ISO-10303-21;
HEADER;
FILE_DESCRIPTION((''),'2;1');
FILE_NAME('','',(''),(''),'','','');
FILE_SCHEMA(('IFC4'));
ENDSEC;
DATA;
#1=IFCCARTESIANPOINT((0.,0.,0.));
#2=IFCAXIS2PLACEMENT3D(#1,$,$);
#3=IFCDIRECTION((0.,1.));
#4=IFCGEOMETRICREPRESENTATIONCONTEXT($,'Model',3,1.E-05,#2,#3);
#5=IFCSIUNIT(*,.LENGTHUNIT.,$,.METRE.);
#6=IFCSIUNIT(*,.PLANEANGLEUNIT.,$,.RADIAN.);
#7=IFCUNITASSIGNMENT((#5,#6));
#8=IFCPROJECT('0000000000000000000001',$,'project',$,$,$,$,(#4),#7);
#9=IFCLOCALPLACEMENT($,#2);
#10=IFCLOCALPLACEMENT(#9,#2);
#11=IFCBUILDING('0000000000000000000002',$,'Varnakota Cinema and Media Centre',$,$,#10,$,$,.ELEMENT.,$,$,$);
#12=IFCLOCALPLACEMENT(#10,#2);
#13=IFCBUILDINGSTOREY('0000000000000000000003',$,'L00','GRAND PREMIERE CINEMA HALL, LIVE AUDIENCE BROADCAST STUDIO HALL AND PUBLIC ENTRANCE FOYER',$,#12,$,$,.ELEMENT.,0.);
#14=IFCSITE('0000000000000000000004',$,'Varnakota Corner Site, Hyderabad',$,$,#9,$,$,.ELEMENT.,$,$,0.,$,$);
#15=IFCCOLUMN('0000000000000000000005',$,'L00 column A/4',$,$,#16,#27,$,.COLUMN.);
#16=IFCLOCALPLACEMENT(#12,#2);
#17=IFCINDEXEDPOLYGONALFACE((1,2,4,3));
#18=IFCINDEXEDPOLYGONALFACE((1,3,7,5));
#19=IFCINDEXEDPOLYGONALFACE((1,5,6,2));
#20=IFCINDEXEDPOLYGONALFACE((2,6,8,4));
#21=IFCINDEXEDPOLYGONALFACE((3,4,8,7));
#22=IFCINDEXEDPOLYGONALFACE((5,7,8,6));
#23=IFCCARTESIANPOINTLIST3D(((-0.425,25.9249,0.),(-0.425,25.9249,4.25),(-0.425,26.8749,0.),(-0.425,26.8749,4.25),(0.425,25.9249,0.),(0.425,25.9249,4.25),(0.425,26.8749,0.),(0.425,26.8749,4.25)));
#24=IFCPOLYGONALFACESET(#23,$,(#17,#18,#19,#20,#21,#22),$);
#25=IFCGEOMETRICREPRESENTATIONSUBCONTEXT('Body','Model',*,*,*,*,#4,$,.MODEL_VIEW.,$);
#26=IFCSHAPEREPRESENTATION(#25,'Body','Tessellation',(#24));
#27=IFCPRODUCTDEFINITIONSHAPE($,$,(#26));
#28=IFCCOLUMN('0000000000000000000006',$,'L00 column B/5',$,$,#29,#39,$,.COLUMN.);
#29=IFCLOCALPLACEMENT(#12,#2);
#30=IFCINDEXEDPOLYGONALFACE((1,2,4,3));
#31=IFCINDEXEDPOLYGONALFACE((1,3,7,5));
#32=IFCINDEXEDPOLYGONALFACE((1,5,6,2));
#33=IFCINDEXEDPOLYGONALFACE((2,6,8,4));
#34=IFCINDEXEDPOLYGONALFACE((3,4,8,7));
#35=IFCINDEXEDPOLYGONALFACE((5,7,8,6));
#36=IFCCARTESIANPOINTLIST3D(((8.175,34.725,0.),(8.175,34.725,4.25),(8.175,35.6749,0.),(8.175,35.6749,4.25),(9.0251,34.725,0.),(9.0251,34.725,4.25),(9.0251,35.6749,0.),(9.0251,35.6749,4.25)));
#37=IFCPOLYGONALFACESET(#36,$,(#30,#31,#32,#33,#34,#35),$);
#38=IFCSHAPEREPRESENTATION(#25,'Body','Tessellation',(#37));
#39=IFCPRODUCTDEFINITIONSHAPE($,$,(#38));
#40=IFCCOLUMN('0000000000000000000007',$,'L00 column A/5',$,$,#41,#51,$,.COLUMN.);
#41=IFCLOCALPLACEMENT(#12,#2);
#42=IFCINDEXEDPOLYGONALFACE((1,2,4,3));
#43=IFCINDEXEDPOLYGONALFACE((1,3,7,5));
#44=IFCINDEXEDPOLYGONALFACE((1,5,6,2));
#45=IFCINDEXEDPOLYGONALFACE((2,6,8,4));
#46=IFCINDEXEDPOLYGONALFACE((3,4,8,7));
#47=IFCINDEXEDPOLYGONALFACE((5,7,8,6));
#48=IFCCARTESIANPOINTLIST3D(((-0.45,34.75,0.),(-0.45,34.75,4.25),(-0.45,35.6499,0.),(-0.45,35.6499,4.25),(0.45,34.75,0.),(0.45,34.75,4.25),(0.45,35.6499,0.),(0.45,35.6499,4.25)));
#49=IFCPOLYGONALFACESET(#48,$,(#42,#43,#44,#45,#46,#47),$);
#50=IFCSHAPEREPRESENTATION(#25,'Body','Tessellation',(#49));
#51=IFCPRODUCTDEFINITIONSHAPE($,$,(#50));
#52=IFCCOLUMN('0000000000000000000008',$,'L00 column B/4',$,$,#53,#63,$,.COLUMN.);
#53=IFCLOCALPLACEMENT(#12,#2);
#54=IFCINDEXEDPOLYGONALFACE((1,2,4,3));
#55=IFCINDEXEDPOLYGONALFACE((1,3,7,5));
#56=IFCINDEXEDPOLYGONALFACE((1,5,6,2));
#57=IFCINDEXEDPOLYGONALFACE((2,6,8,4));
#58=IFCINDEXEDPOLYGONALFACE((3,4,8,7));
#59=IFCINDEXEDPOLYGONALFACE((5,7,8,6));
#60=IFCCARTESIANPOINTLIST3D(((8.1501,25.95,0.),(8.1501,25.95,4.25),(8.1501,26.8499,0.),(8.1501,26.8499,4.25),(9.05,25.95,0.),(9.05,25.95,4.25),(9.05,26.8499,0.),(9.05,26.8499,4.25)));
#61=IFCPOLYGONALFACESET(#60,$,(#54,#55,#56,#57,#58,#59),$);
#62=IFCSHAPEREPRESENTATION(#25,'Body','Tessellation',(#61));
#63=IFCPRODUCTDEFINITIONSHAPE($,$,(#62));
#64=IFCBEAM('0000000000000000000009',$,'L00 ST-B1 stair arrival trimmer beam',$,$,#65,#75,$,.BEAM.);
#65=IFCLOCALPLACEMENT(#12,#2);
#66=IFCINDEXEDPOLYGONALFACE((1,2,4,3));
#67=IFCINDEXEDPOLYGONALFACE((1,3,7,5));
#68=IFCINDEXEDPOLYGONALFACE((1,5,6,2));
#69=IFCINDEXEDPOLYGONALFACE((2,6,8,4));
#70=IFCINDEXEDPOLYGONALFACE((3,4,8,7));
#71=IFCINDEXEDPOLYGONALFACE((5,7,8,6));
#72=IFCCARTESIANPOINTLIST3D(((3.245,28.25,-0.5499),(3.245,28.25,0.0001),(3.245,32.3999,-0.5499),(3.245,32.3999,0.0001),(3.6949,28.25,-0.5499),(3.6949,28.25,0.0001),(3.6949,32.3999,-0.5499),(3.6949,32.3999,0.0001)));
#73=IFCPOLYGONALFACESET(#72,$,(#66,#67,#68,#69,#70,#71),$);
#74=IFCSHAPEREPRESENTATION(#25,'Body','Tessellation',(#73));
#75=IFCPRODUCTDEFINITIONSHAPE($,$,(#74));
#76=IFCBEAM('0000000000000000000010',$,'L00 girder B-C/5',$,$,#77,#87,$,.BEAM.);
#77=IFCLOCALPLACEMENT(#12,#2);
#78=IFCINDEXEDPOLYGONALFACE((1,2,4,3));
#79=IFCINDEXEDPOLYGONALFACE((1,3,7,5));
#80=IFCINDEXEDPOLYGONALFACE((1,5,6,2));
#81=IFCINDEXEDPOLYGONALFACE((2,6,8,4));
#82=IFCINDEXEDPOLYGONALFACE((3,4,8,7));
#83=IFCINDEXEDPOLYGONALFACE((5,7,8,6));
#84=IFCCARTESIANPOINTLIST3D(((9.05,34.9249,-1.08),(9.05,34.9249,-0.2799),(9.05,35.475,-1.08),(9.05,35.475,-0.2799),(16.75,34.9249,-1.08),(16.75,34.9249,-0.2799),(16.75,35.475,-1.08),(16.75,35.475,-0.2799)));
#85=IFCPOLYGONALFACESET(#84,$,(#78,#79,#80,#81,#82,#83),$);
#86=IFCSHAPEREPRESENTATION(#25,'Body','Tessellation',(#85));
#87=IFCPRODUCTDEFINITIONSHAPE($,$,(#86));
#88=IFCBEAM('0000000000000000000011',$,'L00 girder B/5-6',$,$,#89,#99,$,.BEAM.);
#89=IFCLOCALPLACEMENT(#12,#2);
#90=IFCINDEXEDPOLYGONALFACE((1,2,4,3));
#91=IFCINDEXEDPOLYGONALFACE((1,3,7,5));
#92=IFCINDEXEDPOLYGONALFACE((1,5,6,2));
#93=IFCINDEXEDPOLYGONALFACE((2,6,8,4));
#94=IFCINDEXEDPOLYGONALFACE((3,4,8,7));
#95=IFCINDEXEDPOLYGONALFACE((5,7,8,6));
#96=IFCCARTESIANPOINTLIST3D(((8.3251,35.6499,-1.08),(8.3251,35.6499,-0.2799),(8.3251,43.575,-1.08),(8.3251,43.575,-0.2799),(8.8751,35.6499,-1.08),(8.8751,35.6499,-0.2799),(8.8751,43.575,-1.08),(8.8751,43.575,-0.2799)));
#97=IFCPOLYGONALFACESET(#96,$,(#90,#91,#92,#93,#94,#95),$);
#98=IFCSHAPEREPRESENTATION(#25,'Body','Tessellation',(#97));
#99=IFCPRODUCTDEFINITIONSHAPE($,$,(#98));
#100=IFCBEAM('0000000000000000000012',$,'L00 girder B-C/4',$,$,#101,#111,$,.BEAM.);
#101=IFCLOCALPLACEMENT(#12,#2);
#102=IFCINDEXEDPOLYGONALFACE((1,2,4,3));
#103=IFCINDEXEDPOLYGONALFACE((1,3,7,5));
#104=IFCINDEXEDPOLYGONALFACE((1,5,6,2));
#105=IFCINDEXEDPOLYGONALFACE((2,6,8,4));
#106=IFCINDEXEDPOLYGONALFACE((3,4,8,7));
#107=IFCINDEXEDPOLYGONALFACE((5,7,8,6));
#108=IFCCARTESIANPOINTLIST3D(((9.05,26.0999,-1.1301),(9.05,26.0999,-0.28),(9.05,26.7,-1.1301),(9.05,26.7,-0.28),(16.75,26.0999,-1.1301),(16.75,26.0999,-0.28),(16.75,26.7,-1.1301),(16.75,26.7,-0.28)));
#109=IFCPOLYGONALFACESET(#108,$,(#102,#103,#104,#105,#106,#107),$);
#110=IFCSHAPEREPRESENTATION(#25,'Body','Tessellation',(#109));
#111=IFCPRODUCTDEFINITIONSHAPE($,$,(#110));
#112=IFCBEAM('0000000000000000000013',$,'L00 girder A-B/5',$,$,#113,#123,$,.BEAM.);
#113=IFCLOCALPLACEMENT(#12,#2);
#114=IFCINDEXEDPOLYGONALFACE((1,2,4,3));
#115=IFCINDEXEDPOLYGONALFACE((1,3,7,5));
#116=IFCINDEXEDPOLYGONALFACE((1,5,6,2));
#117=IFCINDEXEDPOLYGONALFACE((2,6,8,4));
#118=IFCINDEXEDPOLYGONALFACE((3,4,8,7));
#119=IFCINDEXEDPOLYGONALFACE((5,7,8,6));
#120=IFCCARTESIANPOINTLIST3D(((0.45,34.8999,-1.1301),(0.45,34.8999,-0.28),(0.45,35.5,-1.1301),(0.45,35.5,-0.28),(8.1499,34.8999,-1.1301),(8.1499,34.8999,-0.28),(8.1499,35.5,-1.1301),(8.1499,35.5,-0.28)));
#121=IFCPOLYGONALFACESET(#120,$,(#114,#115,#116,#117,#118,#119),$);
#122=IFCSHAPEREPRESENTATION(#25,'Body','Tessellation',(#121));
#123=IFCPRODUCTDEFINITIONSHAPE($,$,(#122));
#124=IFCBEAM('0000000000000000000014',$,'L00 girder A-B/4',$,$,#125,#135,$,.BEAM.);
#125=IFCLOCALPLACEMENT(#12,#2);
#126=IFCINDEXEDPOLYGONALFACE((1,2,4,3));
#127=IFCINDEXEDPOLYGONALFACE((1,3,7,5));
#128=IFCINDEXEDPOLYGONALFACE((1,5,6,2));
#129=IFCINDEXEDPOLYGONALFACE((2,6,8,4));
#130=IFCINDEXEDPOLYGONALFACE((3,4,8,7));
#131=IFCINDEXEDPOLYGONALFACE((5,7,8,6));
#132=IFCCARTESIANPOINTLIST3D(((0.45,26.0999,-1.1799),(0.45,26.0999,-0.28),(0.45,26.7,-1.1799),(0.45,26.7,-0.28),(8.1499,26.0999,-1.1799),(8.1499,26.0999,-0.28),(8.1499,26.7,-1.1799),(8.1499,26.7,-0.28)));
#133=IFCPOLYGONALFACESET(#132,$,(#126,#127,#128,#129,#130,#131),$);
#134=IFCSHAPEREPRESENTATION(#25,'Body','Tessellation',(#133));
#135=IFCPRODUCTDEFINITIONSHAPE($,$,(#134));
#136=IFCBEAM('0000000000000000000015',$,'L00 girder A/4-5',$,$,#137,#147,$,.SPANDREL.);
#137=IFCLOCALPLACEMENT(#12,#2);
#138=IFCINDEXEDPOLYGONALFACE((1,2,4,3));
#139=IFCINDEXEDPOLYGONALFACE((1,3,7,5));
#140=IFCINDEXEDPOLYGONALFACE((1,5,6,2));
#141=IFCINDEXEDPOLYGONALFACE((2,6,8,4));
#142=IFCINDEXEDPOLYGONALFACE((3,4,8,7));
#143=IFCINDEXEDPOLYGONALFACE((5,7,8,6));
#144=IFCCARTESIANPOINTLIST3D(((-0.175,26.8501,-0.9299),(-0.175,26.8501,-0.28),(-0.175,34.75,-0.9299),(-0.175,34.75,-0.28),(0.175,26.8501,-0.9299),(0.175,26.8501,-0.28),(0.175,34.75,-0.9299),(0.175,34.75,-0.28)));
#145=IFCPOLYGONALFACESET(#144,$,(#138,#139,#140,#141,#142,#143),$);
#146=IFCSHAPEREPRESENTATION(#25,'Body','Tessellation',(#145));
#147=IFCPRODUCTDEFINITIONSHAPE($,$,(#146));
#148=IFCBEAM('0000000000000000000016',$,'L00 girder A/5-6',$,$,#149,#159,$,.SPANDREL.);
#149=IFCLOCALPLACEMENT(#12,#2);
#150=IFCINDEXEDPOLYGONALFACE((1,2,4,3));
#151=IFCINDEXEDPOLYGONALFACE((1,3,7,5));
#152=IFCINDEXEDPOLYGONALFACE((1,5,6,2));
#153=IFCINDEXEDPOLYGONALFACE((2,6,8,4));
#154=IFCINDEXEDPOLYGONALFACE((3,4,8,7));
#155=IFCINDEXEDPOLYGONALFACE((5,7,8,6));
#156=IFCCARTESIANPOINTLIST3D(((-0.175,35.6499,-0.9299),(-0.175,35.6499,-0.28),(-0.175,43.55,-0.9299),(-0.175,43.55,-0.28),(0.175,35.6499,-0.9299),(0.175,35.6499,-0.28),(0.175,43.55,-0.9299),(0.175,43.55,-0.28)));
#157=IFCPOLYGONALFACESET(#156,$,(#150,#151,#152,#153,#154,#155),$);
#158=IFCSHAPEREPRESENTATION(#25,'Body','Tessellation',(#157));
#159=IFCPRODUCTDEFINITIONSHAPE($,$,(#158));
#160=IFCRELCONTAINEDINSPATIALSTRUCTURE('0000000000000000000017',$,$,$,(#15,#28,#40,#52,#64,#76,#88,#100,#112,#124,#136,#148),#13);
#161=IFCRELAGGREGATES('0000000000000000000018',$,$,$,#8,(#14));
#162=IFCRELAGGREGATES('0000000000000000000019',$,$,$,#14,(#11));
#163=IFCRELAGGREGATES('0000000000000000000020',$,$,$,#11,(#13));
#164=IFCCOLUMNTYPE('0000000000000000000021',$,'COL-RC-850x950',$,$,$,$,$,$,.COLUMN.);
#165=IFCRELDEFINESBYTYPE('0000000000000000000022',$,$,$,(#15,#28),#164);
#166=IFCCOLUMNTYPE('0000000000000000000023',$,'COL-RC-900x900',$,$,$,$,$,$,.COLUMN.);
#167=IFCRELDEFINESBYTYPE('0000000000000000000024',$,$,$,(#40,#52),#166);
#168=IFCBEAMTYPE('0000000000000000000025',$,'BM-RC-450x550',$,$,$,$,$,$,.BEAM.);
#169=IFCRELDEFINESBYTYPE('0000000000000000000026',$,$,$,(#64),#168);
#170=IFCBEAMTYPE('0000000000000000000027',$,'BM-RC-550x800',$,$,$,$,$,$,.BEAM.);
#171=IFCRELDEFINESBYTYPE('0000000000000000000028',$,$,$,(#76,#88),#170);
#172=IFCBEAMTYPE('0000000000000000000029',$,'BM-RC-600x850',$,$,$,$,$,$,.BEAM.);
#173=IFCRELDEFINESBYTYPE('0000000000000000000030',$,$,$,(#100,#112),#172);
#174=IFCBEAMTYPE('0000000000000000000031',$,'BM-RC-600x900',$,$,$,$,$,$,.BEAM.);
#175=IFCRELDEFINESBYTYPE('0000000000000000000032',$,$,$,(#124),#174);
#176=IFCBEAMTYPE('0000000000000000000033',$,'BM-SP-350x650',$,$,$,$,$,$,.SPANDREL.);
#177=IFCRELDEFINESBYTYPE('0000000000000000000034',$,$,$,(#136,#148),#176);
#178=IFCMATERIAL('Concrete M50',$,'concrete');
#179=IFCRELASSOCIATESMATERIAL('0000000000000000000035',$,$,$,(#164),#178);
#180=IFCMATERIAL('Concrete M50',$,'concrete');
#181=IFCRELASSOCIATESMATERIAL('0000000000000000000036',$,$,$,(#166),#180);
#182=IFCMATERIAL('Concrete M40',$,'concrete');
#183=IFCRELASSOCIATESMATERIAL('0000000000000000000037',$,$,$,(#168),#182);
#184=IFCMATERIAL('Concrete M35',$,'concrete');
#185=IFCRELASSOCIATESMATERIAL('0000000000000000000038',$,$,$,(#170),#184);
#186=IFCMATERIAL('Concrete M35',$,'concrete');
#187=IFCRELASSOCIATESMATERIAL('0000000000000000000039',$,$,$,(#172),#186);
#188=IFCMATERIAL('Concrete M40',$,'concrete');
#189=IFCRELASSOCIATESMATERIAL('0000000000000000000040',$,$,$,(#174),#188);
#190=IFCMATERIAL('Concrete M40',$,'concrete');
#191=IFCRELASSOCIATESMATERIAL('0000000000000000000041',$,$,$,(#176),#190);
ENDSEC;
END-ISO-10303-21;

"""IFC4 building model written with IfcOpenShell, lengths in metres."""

from ifc_helpers import new_model, si_unit, direction, frame, origin, origin_2d, place, context, subcontext, project, spatial, rectangle, extrude, material, material_profile, profile_set, type_object, element, save


model = new_model("IFC4")

# Units and contexts
model_context = context("Model", 3, precision=1e-05, world=origin(), true_north=direction((0.0, 1.0)))
body_context = subcontext(model_context, "Body", "Model", "MODEL_VIEW")
ifc_project = project(units=[si_unit("LENGTHUNIT", "METRE"), si_unit("PLANEANGLEUNIT", "RADIAN")], contexts=[model_context])

# Site, building, storey
site_placement = place(None, origin())
site = spatial("IfcSite", under=ifc_project, at=site_placement, Name="Varnakota Corner Site, Hyderabad", CompositionType="ELEMENT", RefElevation=0.0)
building_placement = place(site_placement, origin())
building = spatial("IfcBuilding", under=site, at=building_placement, Name="Varnakota Cinema and Media Centre", CompositionType="ELEMENT")
storey_placement = place(building_placement, origin())
storey = spatial("IfcBuildingStorey", under=building, at=storey_placement, Name="L00", Description="GRAND PREMIERE CINEMA HALL, LIVE AUDIENCE BROADCAST STUDIO HALL AND PUBLIC ENTRANCE FOYER", CompositionType="ELEMENT", Elevation=0.0)

# Columns
ifc_material_1 = material(Name="Concrete M50", Category="concrete")
ifc_material_profile_1 = material_profile(ifc_material_1, rectangle(XDim=0.8501, YDim=0.95, at=origin_2d()), Name="RC 850x950")
ifc_profile_set_1 = profile_set([ifc_material_profile_1], Name="Concrete M50")
column_type_1 = type_object("IfcColumnType", Name="COL-RC-850x950", PredefinedType="COLUMN", material=ifc_profile_set_1)
for number, where, z_axis, x_axis, name in (
    (1, (0.0, 26.3999, 0.0), (0.0, 0.0, 1.0), (1.0, 0.0, 0.0), "L00 column A/4"),
    (2, (8.6001, 35.2, 0.0), (0.0, 0.0, 1.0), (1.0, 0.0, 0.0), "L00 column B/5"),
):
    element("IfcColumn", number, at=place(storey_placement, frame(where, z_axis=z_axis, x_axis=x_axis)), inside=storey, type_object=column_type_1, Name=name, PredefinedType="COLUMN", context=body_context, shape_type="SweptSolid", body=[
        extrude(rectangle(XDim=0.8501, YDim=0.95, at=origin_2d()), origin(), (0.0, 0.0, 1.0), 4.25),
    ])
ifc_material_2 = material(Name="Concrete M50", Category="concrete")
ifc_material_profile_2 = material_profile(ifc_material_2, rectangle(XDim=0.8999, YDim=0.8999, at=origin_2d()), Name="RC 900x900")
ifc_profile_set_2 = profile_set([ifc_material_profile_2], Name="Concrete M50")
column_type_2 = type_object("IfcColumnType", Name="COL-RC-900x900", PredefinedType="COLUMN", material=ifc_profile_set_2)
for number, where, z_axis, x_axis, name in (
    (3, (0.0, 35.2, 0.0), (0.0, 0.0, 1.0), (1.0, 0.0, 0.0), "L00 column A/5"),
    (4, (8.6001, 26.3999, 0.0), (0.0, 0.0, 1.0), (1.0, 0.0, 0.0), "L00 column B/4"),
):
    element("IfcColumn", number, at=place(storey_placement, frame(where, z_axis=z_axis, x_axis=x_axis)), inside=storey, type_object=column_type_2, Name=name, PredefinedType="COLUMN", context=body_context, shape_type="SweptSolid", body=[
        extrude(rectangle(XDim=0.8999, YDim=0.8999, at=origin_2d()), origin(), (0.0, 0.0, 1.0), 4.25),
    ])

# Beams
ifc_material_3 = material(Name="Concrete M40", Category="concrete")
ifc_material_profile_3 = material_profile(ifc_material_3, rectangle(XDim=0.45, YDim=0.55, at=origin_2d()), Name="RCB 450x550")
ifc_profile_set_3 = profile_set([ifc_material_profile_3], Name="Concrete M40")
beam_type_1 = type_object("IfcBeamType", Name="BM-RC-450x550", PredefinedType="BEAM", material=ifc_profile_set_3)
beam_1_placement = place(storey_placement, frame((3.47, 28.25, -0.2749), z_axis=(0.0, 1.0, 0.0), x_axis=(-1.0, 0.0, 0.0)))
element("IfcBeam", 5, at=beam_1_placement, inside=storey, type_object=beam_type_1, Name="L00 ST-B1 stair arrival trimmer beam", PredefinedType="BEAM", context=body_context, shape_type="SweptSolid", body=[
    extrude(rectangle(XDim=0.45, YDim=0.55, at=origin_2d()), origin(), (0.0, 0.0, 1.0), 4.1499),
])
ifc_material_4 = material(Name="Concrete M35", Category="concrete")
ifc_material_profile_4 = material_profile(ifc_material_4, rectangle(XDim=0.55, YDim=0.8, at=origin_2d()), Name="RCB 550x800")
ifc_profile_set_4 = profile_set([ifc_material_profile_4], Name="Concrete M35")
beam_type_2 = type_object("IfcBeamType", Name="BM-RC-550x800", PredefinedType="BEAM", material=ifc_profile_set_4)
beam_2_placement = place(storey_placement, frame((9.05, 35.2, -0.6799), z_axis=(1.0, 0.0, 0.0), x_axis=(0.0, 1.0, 0.0)))
element("IfcBeam", 6, at=beam_2_placement, inside=storey, type_object=beam_type_2, Name="L00 girder B-C/5", PredefinedType="BEAM", context=body_context, shape_type="SweptSolid", body=[
    extrude(rectangle(XDim=0.55, YDim=0.8, at=origin_2d()), origin(), (0.0, 0.0, 1.0), 7.7),
])
beam_3_placement = place(storey_placement, frame((8.6001, 35.6499, -0.6799), z_axis=(0.0, 1.0, 0.0), x_axis=(-1.0, 0.0, 0.0)))
element("IfcBeam", 7, at=beam_3_placement, inside=storey, type_object=beam_type_2, Name="L00 girder B/5-6", PredefinedType="BEAM", context=body_context, shape_type="SweptSolid", body=[
    extrude(rectangle(XDim=0.55, YDim=0.8, at=origin_2d()), origin(), (0.0, 0.0, 1.0), 7.925),
])
ifc_material_5 = material(Name="Concrete M35", Category="concrete")
ifc_material_profile_5 = material_profile(ifc_material_5, rectangle(XDim=0.6001, YDim=0.8501, at=origin_2d()), Name="RCB 600x850")
ifc_profile_set_5 = profile_set([ifc_material_profile_5], Name="Concrete M35")
beam_type_3 = type_object("IfcBeamType", Name="BM-RC-600x850", PredefinedType="BEAM", material=ifc_profile_set_5)
for number, where, z_axis, x_axis, name in (
    (8, (9.05, 26.3999, -0.7051), (1.0, 0.0, 0.0), (0.0, 1.0, 0.0), "L00 girder B-C/4"),
    (9, (0.45, 35.2, -0.7051), (1.0, 0.0, 0.0), (0.0, 1.0, 0.0), "L00 girder A-B/5"),
):
    element("IfcBeam", number, at=place(storey_placement, frame(where, z_axis=z_axis, x_axis=x_axis)), inside=storey, type_object=beam_type_3, Name=name, PredefinedType="BEAM", context=body_context, shape_type="SweptSolid", body=[
        extrude(rectangle(XDim=0.6001, YDim=0.8501, at=origin_2d()), origin(), (0.0, 0.0, 1.0), 7.7),
    ])
ifc_material_6 = material(Name="Concrete M40", Category="concrete")
ifc_material_profile_6 = material_profile(ifc_material_6, rectangle(XDim=0.6001, YDim=0.8999, at=origin_2d()), Name="RCB 600x900")
ifc_profile_set_6 = profile_set([ifc_material_profile_6], Name="Concrete M40")
beam_type_4 = type_object("IfcBeamType", Name="BM-RC-600x900", PredefinedType="BEAM", material=ifc_profile_set_6)
beam_4_placement = place(storey_placement, frame((0.45, 26.3999, -0.73), z_axis=(1.0, 0.0, 0.0), x_axis=(0.0, 1.0, 0.0)))
element("IfcBeam", 10, at=beam_4_placement, inside=storey, type_object=beam_type_4, Name="L00 girder A-B/4", PredefinedType="BEAM", context=body_context, shape_type="SweptSolid", body=[
    extrude(rectangle(XDim=0.6001, YDim=0.8999, at=origin_2d()), origin(), (0.0, 0.0, 1.0), 7.7),
])
ifc_material_7 = material(Name="Concrete M40", Category="concrete")
ifc_material_profile_7 = material_profile(ifc_material_7, rectangle(XDim=0.3501, YDim=0.6499, at=origin_2d()), Name="RCB 350x650")
ifc_profile_set_7 = profile_set([ifc_material_profile_7], Name="Concrete M40")
beam_type_5 = type_object("IfcBeamType", Name="BM-SP-350x650", PredefinedType="SPANDREL", material=ifc_profile_set_7)
beam_5_placement = place(storey_placement, frame((0.0, 26.8501, -0.605), z_axis=(0.0, 1.0, 0.0), x_axis=(-1.0, 0.0, 0.0)))
element("IfcBeam", 11, at=beam_5_placement, inside=storey, type_object=beam_type_5, Name="L00 girder A/4-5", PredefinedType="SPANDREL", context=body_context, shape_type="SweptSolid", body=[
    extrude(rectangle(XDim=0.3501, YDim=0.6499, at=origin_2d()), origin(), (0.0, 0.0, 1.0), 7.8999),
])
beam_6_placement = place(storey_placement, frame((0.0, 35.6499, -0.605), z_axis=(0.0, 1.0, 0.0), x_axis=(-1.0, 0.0, 0.0)))
element("IfcBeam", 12, at=beam_6_placement, inside=storey, type_object=beam_type_5, Name="L00 girder A/5-6", PredefinedType="SPANDREL", context=body_context, shape_type="SweptSolid", body=[
    extrude(rectangle(XDim=0.3501, YDim=0.6499, at=origin_2d()), origin(), (0.0, 0.0, 1.0), 7.9001),
])

save(model, "model.ifc")
